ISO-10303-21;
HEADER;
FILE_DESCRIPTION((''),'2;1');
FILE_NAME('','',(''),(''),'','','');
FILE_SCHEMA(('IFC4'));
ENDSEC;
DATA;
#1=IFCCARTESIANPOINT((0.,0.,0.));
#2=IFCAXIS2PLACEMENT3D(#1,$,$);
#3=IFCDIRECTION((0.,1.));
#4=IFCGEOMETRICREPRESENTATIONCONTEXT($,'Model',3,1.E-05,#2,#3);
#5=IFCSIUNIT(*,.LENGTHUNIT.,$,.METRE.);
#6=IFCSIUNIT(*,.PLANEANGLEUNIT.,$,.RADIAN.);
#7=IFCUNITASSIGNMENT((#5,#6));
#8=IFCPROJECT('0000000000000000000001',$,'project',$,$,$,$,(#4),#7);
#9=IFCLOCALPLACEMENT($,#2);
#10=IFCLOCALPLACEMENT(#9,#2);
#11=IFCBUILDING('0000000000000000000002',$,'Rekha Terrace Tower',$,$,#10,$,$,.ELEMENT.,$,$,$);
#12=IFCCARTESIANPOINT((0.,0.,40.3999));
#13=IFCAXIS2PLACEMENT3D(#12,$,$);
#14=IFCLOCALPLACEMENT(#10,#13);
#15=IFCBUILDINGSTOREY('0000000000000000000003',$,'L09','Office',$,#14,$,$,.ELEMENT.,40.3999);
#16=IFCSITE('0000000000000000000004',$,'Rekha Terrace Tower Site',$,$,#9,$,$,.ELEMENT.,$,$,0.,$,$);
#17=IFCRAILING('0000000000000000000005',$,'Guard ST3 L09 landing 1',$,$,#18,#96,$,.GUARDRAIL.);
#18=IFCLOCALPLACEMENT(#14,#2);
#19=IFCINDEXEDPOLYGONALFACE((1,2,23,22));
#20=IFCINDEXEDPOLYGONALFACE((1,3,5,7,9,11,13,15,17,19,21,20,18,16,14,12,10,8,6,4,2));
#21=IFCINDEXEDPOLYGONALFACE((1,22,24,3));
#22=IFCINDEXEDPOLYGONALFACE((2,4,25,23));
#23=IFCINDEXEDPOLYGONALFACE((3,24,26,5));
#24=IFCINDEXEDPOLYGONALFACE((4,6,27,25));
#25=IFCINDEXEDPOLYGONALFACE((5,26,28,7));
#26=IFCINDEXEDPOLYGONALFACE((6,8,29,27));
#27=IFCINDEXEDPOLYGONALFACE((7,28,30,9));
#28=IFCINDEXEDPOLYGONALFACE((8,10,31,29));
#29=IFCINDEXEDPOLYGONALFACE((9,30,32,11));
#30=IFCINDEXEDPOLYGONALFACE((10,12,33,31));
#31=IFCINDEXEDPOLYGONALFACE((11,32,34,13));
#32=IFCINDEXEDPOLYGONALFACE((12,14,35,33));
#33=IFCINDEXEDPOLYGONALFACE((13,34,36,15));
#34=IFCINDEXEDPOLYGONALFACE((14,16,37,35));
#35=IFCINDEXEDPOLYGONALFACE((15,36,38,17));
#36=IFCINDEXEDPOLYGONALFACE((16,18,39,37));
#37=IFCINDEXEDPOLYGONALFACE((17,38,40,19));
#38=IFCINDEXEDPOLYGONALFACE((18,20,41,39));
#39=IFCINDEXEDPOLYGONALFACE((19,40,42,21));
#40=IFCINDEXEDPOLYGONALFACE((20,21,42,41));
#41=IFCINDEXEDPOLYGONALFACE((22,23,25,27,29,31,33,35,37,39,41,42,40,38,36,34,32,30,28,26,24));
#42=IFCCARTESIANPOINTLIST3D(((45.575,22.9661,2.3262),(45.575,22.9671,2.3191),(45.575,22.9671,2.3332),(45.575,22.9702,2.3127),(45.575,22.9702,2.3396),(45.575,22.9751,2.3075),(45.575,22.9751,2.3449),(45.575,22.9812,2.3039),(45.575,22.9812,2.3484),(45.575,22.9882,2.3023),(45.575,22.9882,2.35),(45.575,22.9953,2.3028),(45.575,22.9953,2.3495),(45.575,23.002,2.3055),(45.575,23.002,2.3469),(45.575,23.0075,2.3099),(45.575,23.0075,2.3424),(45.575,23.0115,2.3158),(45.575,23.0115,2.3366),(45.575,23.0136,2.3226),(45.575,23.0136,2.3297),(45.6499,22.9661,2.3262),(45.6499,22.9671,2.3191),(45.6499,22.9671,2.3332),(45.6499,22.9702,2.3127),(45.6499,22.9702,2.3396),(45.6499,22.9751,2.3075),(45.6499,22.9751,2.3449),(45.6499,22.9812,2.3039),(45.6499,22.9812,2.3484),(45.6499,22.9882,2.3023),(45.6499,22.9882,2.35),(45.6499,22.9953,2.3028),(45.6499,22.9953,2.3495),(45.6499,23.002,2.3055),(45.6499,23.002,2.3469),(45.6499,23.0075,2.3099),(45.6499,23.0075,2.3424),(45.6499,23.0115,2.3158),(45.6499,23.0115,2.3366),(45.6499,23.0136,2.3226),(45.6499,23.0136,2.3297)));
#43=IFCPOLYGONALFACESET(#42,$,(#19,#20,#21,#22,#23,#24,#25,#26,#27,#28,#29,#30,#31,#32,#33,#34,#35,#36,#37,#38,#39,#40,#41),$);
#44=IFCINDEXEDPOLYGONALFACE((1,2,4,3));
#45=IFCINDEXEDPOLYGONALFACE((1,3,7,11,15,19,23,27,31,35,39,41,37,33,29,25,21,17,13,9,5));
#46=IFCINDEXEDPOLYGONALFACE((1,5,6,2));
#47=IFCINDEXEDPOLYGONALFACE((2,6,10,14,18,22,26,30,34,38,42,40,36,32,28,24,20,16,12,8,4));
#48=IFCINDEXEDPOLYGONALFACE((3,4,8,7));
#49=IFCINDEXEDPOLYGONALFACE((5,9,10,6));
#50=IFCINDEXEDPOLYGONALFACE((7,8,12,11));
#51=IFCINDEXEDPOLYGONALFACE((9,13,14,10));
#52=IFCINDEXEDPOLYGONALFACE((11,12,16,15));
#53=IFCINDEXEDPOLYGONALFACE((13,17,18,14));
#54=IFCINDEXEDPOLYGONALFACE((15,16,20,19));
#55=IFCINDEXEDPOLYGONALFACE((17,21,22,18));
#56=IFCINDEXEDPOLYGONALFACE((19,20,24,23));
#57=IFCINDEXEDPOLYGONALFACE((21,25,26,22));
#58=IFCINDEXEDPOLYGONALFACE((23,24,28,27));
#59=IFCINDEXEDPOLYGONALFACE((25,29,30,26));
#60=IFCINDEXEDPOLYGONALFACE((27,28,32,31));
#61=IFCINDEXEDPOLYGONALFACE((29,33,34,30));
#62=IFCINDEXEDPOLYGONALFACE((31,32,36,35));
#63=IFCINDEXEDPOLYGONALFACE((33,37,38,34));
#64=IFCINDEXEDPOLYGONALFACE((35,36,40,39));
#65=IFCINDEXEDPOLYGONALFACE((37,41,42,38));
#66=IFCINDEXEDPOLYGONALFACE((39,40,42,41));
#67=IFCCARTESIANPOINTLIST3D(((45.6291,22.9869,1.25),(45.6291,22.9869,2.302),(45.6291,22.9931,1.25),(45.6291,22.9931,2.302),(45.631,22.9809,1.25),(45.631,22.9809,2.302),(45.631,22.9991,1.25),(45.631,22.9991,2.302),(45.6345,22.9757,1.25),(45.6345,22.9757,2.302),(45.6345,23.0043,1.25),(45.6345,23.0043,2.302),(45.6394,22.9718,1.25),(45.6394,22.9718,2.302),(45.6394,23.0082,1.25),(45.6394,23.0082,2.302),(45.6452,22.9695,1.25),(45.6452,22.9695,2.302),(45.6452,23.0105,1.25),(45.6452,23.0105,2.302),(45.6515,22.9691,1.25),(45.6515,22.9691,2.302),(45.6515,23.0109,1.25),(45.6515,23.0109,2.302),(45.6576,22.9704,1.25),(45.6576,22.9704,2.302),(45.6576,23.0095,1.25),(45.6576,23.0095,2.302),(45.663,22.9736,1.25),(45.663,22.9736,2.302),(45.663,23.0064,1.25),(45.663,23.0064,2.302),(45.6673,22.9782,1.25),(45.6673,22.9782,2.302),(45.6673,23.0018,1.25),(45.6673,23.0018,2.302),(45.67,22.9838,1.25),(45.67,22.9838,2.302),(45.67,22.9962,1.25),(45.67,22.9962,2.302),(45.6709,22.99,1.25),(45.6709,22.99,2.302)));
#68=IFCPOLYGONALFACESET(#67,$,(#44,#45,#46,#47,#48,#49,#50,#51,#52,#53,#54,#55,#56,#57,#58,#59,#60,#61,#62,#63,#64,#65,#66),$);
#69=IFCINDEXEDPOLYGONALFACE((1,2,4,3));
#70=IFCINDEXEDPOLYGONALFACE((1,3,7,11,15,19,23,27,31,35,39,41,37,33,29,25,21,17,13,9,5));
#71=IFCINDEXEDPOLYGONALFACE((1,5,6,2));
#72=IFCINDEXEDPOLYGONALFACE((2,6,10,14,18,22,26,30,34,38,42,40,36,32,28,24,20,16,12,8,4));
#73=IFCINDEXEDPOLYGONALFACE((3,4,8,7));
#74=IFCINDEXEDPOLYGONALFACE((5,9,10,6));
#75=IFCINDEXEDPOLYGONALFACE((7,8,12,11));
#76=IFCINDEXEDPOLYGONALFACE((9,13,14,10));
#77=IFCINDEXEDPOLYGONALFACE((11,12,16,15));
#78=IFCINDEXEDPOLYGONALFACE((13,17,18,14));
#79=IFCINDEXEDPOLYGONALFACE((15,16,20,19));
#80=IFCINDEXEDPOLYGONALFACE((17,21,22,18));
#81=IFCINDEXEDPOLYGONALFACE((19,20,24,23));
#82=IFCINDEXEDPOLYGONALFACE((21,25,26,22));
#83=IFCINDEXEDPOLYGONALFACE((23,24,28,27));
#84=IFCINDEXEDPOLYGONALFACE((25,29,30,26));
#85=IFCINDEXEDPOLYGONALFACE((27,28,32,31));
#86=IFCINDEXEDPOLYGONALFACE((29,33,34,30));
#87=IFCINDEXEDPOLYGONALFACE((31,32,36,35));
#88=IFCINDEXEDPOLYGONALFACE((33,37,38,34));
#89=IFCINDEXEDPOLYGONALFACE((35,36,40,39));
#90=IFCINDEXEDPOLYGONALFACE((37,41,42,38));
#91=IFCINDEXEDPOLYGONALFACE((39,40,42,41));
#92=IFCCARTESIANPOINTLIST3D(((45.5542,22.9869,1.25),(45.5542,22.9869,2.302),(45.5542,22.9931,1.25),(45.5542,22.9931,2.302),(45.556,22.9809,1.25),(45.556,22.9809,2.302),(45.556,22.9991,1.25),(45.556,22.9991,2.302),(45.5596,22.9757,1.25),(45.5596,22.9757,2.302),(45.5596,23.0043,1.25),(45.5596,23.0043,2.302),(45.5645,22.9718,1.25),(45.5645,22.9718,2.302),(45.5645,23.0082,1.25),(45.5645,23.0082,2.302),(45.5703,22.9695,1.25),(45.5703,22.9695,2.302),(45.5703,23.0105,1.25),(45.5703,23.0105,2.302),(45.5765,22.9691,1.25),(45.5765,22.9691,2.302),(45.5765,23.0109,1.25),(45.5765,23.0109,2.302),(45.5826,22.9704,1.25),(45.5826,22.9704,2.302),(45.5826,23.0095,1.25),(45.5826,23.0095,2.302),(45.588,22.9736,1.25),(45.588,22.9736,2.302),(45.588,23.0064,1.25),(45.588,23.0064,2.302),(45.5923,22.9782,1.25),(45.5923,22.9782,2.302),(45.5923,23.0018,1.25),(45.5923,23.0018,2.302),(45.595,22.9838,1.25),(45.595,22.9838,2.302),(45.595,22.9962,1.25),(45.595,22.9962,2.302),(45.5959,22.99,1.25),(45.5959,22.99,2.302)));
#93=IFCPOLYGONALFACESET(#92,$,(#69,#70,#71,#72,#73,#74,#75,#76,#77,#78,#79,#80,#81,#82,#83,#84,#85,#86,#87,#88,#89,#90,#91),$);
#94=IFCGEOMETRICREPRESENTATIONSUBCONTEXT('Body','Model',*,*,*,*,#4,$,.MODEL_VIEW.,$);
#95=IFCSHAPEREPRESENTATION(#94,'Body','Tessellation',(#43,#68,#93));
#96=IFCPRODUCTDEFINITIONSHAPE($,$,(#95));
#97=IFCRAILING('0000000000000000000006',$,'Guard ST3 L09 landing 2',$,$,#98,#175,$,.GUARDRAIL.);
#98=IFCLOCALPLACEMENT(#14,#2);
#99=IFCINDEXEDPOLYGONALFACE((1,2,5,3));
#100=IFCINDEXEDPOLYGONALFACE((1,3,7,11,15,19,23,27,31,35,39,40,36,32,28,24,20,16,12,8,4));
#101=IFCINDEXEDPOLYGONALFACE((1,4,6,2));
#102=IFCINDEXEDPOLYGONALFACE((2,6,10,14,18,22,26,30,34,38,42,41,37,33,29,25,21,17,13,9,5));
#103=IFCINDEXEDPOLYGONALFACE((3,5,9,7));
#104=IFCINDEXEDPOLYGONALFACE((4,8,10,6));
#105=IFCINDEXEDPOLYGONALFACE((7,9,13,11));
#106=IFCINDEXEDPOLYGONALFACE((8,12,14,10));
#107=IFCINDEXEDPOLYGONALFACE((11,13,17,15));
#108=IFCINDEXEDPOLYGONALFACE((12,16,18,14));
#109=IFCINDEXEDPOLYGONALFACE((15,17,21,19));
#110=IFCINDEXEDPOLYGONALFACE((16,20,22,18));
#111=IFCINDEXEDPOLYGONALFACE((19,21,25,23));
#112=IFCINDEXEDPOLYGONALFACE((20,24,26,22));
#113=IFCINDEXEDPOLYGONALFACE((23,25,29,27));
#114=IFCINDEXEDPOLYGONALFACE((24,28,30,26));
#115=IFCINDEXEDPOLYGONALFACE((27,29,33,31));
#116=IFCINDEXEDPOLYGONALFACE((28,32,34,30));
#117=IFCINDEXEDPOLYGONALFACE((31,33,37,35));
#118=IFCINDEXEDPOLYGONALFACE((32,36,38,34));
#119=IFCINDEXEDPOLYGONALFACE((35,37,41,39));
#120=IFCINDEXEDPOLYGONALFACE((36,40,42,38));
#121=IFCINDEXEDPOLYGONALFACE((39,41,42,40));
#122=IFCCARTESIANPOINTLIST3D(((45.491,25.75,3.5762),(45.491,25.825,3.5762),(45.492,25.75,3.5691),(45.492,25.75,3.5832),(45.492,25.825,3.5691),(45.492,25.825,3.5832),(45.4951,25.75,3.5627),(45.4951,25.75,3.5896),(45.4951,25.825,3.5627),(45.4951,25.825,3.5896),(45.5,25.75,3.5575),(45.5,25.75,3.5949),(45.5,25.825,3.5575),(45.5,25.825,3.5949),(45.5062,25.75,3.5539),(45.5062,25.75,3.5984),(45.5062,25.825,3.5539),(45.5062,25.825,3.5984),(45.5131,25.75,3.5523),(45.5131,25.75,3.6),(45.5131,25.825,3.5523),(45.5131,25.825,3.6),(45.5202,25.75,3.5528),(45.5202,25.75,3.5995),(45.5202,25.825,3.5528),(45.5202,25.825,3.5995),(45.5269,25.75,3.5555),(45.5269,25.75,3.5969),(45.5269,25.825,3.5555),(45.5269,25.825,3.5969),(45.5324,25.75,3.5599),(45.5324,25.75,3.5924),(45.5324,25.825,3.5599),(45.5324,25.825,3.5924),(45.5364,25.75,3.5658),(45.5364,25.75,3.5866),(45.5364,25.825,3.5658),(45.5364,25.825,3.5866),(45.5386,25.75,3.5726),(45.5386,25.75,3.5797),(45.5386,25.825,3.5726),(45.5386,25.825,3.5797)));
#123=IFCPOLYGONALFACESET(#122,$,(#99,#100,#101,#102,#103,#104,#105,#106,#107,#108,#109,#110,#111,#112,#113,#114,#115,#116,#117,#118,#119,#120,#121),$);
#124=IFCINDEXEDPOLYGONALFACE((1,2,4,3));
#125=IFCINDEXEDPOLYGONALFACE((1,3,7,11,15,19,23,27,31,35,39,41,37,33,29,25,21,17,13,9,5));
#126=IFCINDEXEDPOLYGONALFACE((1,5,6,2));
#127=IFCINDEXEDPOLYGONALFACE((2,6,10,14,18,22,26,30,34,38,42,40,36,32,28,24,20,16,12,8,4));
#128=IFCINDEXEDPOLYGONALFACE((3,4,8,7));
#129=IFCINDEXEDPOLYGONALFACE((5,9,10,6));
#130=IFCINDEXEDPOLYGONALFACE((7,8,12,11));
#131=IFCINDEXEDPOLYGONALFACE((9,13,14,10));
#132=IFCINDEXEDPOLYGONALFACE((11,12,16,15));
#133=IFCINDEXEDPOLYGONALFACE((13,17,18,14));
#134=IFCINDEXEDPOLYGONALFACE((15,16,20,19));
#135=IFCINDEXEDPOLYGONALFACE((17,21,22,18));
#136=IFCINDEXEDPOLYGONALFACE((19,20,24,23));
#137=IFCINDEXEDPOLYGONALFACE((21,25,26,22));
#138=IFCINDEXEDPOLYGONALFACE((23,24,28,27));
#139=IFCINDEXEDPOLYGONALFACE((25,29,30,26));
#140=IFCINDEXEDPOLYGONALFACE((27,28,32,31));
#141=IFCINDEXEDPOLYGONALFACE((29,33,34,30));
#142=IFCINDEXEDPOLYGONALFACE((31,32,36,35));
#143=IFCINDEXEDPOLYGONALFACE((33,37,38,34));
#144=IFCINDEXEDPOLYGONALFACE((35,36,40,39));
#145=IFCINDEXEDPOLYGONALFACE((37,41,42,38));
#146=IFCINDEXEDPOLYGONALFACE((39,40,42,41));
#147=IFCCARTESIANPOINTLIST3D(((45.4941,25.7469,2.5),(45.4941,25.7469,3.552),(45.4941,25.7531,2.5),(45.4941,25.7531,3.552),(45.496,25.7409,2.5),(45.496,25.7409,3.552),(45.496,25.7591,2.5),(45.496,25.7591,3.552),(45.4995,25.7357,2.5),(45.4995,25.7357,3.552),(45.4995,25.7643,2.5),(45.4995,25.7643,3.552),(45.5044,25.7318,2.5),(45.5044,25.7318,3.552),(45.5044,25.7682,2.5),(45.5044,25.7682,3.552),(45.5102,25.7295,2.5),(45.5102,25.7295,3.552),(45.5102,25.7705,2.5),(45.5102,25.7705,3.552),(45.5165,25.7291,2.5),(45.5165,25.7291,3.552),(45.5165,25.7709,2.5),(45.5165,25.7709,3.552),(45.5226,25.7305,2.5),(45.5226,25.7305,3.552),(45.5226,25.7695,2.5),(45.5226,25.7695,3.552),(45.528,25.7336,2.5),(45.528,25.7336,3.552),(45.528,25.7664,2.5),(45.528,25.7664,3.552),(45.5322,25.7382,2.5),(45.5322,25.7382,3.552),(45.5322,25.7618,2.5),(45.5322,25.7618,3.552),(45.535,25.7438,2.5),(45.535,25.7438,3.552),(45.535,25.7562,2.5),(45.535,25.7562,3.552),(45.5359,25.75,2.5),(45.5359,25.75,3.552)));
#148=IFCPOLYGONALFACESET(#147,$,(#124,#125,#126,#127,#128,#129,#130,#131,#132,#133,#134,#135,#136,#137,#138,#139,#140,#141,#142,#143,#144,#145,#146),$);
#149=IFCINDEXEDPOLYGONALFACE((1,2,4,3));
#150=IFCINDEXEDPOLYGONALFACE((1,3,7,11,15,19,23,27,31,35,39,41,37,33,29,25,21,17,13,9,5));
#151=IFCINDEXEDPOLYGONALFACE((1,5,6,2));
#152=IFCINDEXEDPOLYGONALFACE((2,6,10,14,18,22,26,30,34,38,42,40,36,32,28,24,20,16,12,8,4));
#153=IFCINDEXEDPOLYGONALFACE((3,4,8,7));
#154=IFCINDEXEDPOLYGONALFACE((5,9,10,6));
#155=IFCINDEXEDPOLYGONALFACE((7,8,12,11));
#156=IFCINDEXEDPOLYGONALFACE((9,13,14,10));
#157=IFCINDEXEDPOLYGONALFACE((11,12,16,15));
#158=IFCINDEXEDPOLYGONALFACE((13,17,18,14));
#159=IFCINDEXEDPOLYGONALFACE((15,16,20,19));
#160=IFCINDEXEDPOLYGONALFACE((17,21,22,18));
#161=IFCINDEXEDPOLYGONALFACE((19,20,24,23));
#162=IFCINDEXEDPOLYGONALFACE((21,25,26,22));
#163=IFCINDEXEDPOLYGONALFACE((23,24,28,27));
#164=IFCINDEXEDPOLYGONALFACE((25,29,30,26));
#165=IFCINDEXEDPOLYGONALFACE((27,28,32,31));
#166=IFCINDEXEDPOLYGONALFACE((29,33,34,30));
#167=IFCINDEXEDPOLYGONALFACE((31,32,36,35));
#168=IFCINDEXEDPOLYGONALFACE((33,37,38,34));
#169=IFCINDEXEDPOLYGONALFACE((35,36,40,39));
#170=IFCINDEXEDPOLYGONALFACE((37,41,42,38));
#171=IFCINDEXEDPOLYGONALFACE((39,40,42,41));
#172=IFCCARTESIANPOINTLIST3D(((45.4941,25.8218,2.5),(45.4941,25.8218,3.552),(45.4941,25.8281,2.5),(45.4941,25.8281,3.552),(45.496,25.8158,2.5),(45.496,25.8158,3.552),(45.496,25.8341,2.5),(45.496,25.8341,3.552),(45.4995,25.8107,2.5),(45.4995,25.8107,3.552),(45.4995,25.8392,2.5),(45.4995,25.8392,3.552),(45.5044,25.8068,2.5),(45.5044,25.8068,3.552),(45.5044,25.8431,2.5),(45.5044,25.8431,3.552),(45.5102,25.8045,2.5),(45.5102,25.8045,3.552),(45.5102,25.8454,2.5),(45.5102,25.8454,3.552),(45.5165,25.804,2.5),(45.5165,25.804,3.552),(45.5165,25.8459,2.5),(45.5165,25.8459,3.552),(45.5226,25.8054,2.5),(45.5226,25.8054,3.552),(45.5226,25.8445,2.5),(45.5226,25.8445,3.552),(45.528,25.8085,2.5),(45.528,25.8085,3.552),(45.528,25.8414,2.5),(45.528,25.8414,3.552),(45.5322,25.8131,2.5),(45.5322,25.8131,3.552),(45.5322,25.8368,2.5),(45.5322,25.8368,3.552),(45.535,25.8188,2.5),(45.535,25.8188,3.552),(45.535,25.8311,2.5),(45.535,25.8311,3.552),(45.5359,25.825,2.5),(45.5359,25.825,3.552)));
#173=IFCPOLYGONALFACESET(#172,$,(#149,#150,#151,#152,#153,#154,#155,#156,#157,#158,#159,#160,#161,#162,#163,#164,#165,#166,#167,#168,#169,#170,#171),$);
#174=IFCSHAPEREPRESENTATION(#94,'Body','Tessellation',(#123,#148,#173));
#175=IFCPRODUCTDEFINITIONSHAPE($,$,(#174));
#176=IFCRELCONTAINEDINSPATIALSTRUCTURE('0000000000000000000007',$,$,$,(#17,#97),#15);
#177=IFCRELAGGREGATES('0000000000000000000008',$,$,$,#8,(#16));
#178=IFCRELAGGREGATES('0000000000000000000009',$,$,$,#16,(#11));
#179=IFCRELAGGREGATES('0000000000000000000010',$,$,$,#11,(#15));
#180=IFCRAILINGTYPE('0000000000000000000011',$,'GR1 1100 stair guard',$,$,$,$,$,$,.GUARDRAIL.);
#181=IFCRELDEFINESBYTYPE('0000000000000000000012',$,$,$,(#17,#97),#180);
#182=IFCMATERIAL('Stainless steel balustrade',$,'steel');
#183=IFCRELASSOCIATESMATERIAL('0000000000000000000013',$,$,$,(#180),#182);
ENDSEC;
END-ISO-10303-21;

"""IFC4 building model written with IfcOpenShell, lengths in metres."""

from ifc_helpers import new_model, si_unit, direction, frame, origin, origin_2d, place, context, subcontext, project, spatial, circle, extrude, material, type_object, element, save


model = new_model("IFC4")

# Units and contexts
model_context = context("Model", 3, precision=1e-05, world=origin(), true_north=direction((0.0, 1.0)))
body_context = subcontext(model_context, "Body", "Model", "MODEL_VIEW")
ifc_project = project(units=[si_unit("LENGTHUNIT", "METRE"), si_unit("PLANEANGLEUNIT", "RADIAN")], contexts=[model_context])

# Site, building, storey
site_placement = place(None, origin())
site = spatial("IfcSite", under=ifc_project, at=site_placement, Name="Rekha Terrace Tower Site", CompositionType="ELEMENT", RefElevation=0.0)
building_placement = place(site_placement, origin())
building = spatial("IfcBuilding", under=site, at=building_placement, Name="Rekha Terrace Tower", CompositionType="ELEMENT")
storey_placement = place(building_placement, frame((0.0, 0.0, 40.3999)))
storey = spatial("IfcBuildingStorey", under=building, at=storey_placement, Name="L09", Description="Office", CompositionType="ELEMENT", Elevation=40.3999)

# Railings
ifc_material_1 = material(Name="Stainless steel balustrade", Category="steel")
railing_type_1 = type_object("IfcRailingType", Name="GR1 1100 stair guard", PredefinedType="GUARDRAIL", material=ifc_material_1)
railing_1_placement = place(storey_placement, frame((45.6499, 22.99, 1.25)))
element("IfcRailing", 1, at=railing_1_placement, inside=storey, type_object=railing_type_1, Name="Guard ST3 L09 landing 1", PredefinedType="GUARDRAIL", context=body_context, shape_type="SweptSolid", body=[
    extrude(circle(Radius=0.0239, at=origin_2d()), frame((0.0, 0.0, 1.0762), z_axis=(-1.0, 0.0, 0.0), x_axis=(0.0, -1.0, 0.0)), (0.0, 0.0, 1.0), 0.075),
    extrude(circle(Radius=0.021, at=origin_2d()), origin(), (0.0, 0.0, 1.0), 1.052),
    extrude(circle(Radius=0.021, at=origin_2d()), frame((-0.075, 0.0, 0.0)), (0.0, 0.0, 1.0), 1.052),
])
railing_2_placement = place(storey_placement, frame((45.5149, 25.75, 2.5)))
element("IfcRailing", 2, at=railing_2_placement, inside=storey, type_object=railing_type_1, Name="Guard ST3 L09 landing 2", PredefinedType="GUARDRAIL", context=body_context, shape_type="SweptSolid", body=[
    extrude(circle(Radius=0.0239, at=origin_2d()), frame((0.0, 0.0, 1.0762), z_axis=(0.0, 1.0, 0.0), x_axis=(-1.0, 0.0, 0.0)), (0.0, 0.0, 1.0), 0.075),
    extrude(circle(Radius=0.021, at=origin_2d()), origin(), (0.0, 0.0, 1.0), 1.052),
    extrude(circle(Radius=0.021, at=origin_2d()), frame((0.0, 0.075, 0.0)), (0.0, 0.0, 1.0), 1.052),
])

save(model, "model.ifc")
